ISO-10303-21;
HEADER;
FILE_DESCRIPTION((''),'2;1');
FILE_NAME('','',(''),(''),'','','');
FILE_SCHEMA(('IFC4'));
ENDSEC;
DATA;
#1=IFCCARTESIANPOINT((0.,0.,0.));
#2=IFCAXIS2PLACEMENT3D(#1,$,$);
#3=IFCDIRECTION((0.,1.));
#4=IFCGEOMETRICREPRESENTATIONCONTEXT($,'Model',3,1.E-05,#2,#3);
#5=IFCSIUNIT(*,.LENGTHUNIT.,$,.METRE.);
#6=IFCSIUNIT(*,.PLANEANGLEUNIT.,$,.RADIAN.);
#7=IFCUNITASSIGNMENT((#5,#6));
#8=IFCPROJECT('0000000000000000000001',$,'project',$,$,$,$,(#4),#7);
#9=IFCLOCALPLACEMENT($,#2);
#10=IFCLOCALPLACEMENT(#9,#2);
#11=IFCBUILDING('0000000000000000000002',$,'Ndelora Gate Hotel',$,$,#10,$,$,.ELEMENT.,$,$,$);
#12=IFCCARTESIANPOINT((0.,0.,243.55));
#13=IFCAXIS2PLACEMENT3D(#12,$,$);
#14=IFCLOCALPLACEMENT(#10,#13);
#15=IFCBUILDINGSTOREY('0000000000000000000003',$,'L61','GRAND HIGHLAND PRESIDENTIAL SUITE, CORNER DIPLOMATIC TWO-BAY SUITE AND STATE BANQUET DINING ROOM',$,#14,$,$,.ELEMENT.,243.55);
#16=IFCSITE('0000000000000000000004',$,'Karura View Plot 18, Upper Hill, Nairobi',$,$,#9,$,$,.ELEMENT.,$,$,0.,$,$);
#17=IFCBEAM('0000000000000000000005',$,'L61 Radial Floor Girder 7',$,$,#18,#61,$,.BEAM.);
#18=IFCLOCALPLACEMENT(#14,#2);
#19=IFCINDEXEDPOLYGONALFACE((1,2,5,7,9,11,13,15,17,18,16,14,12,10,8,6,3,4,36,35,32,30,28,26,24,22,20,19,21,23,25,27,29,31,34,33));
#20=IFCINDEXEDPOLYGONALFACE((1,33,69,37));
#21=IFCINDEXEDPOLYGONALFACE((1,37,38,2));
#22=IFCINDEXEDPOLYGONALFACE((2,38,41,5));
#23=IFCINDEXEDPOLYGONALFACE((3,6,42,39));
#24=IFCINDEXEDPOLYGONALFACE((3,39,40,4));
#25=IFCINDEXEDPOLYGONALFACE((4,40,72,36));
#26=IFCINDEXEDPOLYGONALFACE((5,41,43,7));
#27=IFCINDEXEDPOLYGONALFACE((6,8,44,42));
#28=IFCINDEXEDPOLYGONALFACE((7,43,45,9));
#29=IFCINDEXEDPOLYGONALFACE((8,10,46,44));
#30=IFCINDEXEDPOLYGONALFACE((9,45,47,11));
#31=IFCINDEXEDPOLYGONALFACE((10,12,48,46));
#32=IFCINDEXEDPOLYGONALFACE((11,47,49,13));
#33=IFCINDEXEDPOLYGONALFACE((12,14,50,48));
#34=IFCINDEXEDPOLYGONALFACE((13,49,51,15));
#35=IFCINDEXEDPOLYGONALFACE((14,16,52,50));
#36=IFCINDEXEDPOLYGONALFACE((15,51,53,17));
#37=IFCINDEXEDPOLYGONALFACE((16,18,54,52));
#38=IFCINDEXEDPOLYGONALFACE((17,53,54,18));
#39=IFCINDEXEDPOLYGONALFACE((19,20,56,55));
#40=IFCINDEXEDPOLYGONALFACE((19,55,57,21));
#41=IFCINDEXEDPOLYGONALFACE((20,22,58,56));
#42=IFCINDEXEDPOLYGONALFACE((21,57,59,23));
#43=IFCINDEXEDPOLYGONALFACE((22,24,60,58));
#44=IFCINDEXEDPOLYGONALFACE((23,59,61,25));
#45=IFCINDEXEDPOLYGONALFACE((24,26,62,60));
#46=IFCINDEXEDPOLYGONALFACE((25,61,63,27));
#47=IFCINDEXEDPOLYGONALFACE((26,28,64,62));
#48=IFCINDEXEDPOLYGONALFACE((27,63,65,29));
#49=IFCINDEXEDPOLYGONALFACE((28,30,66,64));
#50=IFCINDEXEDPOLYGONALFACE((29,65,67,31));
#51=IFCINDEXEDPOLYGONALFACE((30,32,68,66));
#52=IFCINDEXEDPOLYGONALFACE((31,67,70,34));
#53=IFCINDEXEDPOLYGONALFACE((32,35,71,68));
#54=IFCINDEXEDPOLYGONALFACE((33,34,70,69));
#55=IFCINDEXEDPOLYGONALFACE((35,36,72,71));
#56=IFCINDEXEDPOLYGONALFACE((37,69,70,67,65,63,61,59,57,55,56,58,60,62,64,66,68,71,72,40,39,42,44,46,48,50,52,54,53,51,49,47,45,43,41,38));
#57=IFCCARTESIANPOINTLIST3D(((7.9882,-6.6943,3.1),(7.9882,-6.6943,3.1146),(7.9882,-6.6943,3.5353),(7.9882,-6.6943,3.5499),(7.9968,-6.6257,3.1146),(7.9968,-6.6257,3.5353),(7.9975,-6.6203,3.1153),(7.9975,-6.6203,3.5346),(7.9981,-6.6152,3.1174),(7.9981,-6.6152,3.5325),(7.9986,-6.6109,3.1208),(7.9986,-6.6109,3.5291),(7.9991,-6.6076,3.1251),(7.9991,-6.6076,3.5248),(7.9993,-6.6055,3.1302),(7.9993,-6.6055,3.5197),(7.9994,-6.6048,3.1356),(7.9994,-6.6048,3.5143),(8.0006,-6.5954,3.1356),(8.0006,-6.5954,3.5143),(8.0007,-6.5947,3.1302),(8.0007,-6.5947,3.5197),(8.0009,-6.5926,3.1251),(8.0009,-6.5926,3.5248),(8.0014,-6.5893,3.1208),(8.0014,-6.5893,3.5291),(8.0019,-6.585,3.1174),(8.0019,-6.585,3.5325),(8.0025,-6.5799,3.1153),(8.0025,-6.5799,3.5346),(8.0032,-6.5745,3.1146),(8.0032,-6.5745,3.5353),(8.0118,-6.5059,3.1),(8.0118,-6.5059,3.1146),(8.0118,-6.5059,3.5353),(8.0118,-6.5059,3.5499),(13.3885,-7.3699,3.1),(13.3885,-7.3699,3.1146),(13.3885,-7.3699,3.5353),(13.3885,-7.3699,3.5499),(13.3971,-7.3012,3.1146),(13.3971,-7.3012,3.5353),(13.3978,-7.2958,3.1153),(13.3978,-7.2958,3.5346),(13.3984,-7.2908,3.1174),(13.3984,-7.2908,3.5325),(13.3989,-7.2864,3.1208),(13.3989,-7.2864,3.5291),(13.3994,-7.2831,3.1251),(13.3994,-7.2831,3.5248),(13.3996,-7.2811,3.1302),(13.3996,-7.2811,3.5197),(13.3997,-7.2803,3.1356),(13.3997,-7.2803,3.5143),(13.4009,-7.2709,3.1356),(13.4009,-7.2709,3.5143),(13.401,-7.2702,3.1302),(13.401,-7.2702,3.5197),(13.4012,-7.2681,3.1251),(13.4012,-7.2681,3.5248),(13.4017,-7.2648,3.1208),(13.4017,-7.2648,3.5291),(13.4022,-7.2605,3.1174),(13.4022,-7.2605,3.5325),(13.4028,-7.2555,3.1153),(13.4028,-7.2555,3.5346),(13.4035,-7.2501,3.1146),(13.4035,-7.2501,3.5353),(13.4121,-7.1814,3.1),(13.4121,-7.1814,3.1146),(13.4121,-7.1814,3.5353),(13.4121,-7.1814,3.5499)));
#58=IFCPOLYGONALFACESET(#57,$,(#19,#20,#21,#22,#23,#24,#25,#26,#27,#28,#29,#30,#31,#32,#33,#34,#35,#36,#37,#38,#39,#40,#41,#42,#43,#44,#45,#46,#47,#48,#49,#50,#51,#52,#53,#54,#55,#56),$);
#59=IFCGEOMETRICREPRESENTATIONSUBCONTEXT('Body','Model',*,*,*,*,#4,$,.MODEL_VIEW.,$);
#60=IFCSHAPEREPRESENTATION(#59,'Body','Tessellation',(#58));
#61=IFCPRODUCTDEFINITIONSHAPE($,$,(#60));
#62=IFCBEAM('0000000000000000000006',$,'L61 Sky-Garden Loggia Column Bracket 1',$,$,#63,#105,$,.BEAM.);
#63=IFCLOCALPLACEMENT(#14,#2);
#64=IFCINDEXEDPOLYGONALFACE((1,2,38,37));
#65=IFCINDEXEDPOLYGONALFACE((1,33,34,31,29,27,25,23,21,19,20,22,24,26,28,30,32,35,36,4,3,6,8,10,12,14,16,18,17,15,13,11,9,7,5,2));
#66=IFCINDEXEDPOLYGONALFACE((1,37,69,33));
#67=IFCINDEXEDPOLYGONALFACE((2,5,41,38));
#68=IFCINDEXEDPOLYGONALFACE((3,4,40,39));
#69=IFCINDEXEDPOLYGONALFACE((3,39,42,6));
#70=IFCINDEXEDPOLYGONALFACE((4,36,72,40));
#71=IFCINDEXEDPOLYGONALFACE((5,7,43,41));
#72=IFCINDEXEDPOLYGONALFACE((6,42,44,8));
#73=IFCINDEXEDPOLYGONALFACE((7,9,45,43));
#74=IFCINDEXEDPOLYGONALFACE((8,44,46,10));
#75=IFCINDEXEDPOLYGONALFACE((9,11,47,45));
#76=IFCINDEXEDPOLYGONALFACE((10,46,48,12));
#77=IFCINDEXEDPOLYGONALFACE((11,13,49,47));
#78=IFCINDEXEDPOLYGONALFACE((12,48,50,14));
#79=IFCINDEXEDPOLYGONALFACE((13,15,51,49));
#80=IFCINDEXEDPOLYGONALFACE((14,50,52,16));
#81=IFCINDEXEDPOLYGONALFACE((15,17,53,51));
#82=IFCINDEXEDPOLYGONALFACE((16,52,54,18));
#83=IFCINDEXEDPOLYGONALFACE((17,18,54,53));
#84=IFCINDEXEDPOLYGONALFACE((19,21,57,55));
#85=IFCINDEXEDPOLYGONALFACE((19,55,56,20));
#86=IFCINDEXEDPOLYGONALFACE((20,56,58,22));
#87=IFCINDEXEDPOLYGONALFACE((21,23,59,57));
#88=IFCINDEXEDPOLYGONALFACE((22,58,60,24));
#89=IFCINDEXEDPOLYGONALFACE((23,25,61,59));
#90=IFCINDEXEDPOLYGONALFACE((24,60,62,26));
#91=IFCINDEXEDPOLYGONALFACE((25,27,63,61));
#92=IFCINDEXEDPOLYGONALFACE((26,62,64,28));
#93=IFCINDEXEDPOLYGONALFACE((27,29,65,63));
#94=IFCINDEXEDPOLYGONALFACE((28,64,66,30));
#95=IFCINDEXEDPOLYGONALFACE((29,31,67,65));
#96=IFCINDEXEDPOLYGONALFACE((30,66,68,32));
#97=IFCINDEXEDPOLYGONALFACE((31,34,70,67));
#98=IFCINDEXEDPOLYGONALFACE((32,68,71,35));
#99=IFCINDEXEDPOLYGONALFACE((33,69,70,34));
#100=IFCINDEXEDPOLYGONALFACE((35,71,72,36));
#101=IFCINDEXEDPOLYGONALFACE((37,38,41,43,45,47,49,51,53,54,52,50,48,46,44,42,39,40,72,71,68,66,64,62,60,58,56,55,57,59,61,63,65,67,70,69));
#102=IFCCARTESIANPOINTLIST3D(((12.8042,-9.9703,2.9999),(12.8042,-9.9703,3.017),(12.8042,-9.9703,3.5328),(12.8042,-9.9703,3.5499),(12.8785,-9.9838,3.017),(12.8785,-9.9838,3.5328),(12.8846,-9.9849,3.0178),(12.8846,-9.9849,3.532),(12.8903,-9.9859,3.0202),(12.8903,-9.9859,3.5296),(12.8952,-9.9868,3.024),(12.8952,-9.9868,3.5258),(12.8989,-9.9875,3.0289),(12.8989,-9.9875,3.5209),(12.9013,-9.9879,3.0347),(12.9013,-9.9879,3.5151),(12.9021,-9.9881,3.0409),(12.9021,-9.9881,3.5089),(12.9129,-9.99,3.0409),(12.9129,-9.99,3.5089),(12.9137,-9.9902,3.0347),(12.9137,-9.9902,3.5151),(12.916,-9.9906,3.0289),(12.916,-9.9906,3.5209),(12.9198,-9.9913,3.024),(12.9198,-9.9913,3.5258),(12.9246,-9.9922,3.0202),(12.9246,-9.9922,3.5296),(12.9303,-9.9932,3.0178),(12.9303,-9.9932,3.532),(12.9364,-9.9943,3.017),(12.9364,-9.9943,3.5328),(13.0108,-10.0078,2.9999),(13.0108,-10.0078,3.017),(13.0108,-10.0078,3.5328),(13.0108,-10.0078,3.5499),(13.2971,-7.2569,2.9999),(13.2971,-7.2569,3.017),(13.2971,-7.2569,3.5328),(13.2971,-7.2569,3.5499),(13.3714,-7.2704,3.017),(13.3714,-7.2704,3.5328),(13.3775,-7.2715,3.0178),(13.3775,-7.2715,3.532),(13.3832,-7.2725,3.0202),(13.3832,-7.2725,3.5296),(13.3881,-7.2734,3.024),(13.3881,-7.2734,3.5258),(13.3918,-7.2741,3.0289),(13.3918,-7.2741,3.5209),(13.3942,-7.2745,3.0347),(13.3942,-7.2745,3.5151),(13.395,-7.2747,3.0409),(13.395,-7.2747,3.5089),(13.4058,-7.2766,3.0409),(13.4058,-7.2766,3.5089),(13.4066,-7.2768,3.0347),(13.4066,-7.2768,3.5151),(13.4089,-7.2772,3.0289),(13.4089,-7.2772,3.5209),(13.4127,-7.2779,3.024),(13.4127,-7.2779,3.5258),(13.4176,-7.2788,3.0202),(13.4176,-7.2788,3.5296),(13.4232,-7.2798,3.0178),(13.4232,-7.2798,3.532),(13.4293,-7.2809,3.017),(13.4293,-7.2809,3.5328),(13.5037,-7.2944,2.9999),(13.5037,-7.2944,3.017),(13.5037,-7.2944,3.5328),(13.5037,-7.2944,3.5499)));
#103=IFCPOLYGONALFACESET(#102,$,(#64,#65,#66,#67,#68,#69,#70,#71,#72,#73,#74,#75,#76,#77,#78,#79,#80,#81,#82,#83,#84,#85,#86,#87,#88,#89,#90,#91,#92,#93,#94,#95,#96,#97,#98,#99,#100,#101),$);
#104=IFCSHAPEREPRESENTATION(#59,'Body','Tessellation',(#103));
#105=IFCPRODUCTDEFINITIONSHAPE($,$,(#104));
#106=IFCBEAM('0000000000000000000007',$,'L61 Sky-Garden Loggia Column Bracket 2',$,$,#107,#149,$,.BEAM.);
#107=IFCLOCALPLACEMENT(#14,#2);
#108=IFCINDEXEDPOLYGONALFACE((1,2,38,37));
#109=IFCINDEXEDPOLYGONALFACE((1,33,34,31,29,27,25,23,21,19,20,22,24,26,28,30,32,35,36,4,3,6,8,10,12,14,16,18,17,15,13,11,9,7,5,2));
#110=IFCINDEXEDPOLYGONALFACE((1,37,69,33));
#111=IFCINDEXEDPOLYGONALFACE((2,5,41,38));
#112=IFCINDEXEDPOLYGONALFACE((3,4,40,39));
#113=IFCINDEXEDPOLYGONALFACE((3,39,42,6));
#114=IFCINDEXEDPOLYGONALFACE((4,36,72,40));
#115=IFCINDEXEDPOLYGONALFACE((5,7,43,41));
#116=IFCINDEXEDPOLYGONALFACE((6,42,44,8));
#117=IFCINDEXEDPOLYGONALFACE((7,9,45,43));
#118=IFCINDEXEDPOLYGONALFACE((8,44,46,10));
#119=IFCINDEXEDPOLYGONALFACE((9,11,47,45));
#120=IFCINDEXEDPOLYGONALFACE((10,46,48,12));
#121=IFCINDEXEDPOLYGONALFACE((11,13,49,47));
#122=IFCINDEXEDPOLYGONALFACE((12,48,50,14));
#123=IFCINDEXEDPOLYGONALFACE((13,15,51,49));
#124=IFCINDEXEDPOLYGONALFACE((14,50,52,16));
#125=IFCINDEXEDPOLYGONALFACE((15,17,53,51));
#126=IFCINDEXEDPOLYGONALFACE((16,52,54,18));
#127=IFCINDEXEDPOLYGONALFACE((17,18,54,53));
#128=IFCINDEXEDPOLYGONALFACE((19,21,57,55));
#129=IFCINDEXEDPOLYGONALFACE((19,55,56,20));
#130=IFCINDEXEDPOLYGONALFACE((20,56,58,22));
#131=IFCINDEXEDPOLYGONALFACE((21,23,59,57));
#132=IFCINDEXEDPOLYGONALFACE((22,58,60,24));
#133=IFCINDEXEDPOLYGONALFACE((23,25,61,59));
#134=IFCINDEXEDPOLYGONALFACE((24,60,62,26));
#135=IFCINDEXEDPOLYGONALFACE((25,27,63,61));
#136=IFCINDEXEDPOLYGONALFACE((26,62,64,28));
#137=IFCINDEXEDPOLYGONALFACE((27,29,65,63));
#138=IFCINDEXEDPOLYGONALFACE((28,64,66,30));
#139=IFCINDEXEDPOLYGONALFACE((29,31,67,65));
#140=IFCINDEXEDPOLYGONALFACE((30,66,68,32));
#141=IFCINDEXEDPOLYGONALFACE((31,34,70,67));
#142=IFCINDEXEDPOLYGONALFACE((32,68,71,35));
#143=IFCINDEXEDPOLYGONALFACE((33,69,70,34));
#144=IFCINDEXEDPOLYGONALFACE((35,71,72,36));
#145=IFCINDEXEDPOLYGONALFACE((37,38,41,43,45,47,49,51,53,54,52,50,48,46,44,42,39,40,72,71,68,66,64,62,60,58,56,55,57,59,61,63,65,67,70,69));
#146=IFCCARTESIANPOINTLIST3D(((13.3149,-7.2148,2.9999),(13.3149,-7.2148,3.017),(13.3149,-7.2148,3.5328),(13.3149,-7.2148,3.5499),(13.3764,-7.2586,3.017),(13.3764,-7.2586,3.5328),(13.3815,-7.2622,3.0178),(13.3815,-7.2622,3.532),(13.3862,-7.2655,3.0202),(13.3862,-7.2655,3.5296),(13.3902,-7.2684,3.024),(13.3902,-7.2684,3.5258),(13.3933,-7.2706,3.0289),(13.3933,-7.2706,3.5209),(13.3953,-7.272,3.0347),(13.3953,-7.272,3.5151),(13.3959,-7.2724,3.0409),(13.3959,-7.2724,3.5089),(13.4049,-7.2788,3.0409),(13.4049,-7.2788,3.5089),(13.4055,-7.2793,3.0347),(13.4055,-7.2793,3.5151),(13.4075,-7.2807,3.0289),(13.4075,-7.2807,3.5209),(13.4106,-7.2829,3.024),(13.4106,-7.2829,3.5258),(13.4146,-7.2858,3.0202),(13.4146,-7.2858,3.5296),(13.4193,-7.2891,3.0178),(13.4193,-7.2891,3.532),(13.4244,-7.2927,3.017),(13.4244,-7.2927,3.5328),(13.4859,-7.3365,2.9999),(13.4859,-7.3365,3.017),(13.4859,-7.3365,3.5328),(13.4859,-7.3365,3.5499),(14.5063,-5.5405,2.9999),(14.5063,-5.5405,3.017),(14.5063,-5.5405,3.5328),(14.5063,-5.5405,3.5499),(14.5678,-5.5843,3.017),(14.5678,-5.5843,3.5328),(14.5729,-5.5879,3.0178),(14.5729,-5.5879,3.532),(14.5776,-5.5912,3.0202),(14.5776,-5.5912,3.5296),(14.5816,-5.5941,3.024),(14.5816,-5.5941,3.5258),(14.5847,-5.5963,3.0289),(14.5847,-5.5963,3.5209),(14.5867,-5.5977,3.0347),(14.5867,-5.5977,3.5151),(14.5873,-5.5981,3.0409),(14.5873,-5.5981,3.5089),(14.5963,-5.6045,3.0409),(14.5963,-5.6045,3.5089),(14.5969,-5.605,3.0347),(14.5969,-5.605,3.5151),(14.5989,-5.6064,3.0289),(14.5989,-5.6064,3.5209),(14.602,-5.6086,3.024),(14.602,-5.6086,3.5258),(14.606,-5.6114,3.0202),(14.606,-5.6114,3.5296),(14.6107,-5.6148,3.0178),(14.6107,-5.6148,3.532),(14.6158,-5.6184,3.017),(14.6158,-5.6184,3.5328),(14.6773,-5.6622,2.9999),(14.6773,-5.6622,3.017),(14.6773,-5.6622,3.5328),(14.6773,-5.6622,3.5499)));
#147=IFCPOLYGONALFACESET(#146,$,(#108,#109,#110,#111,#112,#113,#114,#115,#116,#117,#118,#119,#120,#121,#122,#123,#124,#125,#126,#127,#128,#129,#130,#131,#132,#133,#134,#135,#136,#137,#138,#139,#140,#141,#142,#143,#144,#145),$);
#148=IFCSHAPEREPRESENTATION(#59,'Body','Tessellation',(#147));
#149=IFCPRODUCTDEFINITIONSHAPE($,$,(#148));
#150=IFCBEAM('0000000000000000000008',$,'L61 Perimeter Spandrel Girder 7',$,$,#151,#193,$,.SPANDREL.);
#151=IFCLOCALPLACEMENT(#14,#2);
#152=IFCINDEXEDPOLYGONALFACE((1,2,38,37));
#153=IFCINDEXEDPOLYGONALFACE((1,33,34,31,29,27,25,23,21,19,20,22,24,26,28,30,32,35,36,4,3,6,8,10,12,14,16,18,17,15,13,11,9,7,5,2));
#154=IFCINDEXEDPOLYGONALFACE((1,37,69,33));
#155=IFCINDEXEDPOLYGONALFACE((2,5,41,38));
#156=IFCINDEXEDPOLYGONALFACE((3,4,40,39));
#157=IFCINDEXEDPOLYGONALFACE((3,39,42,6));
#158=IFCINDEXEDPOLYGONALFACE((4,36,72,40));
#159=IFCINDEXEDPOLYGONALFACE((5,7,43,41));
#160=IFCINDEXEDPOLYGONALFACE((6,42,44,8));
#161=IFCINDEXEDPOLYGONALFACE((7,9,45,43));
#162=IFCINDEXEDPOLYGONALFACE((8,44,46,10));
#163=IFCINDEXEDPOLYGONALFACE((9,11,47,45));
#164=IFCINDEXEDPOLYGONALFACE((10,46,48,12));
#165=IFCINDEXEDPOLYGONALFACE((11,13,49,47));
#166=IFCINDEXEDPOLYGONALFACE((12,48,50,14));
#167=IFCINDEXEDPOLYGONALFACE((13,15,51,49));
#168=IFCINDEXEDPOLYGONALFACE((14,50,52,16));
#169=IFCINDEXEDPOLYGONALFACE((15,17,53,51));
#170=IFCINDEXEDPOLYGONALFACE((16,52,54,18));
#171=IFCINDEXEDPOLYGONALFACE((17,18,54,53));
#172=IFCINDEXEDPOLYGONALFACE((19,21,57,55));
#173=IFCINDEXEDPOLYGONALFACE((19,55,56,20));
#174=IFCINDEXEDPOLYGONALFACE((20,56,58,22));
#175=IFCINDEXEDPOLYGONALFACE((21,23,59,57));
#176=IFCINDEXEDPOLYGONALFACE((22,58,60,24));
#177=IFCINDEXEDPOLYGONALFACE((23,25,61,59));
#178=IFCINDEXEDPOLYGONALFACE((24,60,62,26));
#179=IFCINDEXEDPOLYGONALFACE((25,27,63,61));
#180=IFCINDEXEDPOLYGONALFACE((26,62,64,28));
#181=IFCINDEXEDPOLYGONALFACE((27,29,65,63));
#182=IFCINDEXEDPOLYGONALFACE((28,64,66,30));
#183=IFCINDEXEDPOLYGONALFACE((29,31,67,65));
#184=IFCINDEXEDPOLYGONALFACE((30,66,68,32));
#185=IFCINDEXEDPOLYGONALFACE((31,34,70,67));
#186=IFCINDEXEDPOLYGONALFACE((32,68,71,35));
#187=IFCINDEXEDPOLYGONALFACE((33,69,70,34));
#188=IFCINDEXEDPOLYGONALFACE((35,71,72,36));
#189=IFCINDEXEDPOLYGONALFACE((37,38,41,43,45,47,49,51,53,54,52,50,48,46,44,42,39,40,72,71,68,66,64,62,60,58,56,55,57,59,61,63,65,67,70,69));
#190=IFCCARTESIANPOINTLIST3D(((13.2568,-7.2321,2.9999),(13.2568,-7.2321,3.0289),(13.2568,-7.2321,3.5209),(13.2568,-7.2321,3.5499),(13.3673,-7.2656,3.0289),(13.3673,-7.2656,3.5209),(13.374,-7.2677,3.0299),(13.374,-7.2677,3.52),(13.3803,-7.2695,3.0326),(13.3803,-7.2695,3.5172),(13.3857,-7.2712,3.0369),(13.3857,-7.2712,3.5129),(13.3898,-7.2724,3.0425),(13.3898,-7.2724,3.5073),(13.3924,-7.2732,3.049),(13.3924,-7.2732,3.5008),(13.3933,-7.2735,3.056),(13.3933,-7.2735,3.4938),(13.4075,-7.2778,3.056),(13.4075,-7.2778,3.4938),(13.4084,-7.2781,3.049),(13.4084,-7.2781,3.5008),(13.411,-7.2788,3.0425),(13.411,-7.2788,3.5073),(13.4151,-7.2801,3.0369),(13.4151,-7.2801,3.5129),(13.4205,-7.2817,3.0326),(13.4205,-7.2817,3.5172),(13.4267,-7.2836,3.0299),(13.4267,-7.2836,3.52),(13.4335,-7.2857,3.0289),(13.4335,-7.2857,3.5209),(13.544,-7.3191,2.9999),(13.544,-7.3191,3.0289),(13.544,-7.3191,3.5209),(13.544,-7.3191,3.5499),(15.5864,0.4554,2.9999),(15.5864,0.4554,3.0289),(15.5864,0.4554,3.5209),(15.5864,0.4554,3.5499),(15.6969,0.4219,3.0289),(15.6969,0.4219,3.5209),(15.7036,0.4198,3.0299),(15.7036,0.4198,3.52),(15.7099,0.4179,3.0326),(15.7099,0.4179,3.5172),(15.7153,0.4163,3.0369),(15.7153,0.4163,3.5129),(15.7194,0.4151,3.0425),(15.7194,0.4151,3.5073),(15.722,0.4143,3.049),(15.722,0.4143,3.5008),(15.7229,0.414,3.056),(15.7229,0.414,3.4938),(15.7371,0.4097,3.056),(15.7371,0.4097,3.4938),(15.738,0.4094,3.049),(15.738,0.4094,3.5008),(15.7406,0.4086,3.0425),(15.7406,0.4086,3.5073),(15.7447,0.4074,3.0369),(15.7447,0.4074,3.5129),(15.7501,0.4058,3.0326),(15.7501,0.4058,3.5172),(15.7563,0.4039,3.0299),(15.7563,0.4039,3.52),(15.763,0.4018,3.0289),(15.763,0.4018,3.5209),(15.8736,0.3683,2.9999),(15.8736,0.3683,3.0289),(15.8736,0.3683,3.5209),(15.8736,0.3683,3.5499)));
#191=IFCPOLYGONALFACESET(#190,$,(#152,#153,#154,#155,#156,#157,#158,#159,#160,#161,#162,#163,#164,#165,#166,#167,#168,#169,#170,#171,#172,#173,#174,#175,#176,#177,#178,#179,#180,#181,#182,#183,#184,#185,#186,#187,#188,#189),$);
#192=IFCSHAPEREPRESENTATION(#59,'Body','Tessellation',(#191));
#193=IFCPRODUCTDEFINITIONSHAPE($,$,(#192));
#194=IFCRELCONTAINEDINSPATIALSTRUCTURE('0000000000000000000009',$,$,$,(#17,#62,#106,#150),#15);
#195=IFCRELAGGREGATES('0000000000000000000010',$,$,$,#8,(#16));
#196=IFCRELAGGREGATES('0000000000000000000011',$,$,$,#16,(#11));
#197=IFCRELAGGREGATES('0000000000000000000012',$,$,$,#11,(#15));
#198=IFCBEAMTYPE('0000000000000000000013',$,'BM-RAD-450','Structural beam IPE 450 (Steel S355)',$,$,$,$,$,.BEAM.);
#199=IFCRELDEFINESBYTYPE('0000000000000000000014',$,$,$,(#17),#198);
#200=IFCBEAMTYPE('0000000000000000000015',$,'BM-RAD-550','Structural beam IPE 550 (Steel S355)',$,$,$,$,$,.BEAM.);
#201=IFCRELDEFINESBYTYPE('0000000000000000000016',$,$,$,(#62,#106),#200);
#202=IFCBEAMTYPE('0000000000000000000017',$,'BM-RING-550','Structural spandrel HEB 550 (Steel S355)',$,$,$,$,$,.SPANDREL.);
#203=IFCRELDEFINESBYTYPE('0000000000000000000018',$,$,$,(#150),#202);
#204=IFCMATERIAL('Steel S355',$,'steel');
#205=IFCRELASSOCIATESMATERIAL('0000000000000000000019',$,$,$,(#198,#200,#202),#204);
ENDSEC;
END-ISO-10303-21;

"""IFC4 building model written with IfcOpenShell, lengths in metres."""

from ifc_helpers import new_model, si_unit, direction, frame, origin, origin_2d, place, context, subcontext, project, spatial, i_section, extrude, material, material_profile, profile_set, type_object, element, save


model = new_model("IFC4")

# Units and contexts
model_context = context("Model", 3, precision=1e-05, world=origin(), true_north=direction((0.0, 1.0)))
body_context = subcontext(model_context, "Body", "Model", "MODEL_VIEW")
ifc_project = project(units=[si_unit("LENGTHUNIT", "METRE"), si_unit("PLANEANGLEUNIT", "RADIAN")], contexts=[model_context])

# Site, building, storey
site_placement = place(None, origin())
site = spatial("IfcSite", under=ifc_project, at=site_placement, Name="Karura View Plot 18, Upper Hill, Nairobi", CompositionType="ELEMENT", RefElevation=0.0)
building_placement = place(site_placement, origin())
building = spatial("IfcBuilding", under=site, at=building_placement, Name="Ndelora Gate Hotel", CompositionType="ELEMENT")
storey_placement = place(building_placement, frame((0.0, 0.0, 243.55)))
storey = spatial("IfcBuildingStorey", under=building, at=storey_placement, Name="L61", Description="GRAND HIGHLAND PRESIDENTIAL SUITE, CORNER DIPLOMATIC TWO-BAY SUITE AND STATE BANQUET DINING ROOM", CompositionType="ELEMENT", Elevation=243.55)

# Beams
ifc_material_1 = material(Name="Steel S355", Category="steel")
ifc_material_profile_1 = material_profile(ifc_material_1, i_section(OverallWidth=0.1899, OverallDepth=0.45, WebThickness=0.0095, FlangeThickness=0.0146, FilletRadius=0.021, at=origin_2d()), Name="IPE 450")
ifc_profile_set_1 = profile_set([ifc_material_profile_1], Name="Steel S355")
beam_type_1 = type_object("IfcBeamType", Name="BM-RAD-450", Description="Structural beam IPE 450 (Steel S355)", PredefinedType="BEAM", material=ifc_profile_set_1)
beam_1_placement = place(storey_placement, frame((8.0, -6.6001, 3.325), z_axis=(0.992267, -0.124123, 0.0), x_axis=(0.124123, 0.992267, 0.0)))
element("IfcBeam", 1, at=beam_1_placement, inside=storey, type_object=beam_type_1, Name="L61 Radial Floor Girder 7", PredefinedType="BEAM", context=body_context, shape_type="SweptSolid", body=[
    extrude(i_section(OverallWidth=0.1899, OverallDepth=0.45, WebThickness=0.0095, FlangeThickness=0.0146, FilletRadius=0.021, at=origin_2d()), origin(), (0.0, 0.0, 1.0), 5.4424),
])
ifc_material_profile_2 = material_profile(ifc_material_1, i_section(OverallWidth=0.21, OverallDepth=0.55, WebThickness=0.011, FlangeThickness=0.0171, FilletRadius=0.0239, at=origin_2d()), Name="IPE 550")
ifc_profile_set_2 = profile_set([ifc_material_profile_2], Name="Steel S355")
beam_type_2 = type_object("IfcBeamType", Name="BM-RAD-550", Description="Structural beam IPE 550 (Steel S355)", PredefinedType="BEAM", material=ifc_profile_set_2)
beam_2_placement = place(storey_placement, frame((13.4004, -7.2756, 3.2749), z_axis=(-0.178737, -0.983897, 0.0), x_axis=(0.983897, -0.178737, 0.0)))
element("IfcBeam", 2, at=beam_2_placement, inside=storey, type_object=beam_type_2, Name="L61 Sky-Garden Loggia Column Bracket 1", PredefinedType="BEAM", context=body_context, shape_type="SweptSolid", body=[
    extrude(i_section(OverallWidth=0.21, OverallDepth=0.55, WebThickness=0.011, FlangeThickness=0.0171, FilletRadius=0.0239, at=origin_2d()), origin(), (0.0, 0.0, 1.0), 2.7578),
])
beam_3_placement = place(storey_placement, frame((13.4004, -7.2756, 3.2749), z_axis=(0.579776, 0.814776, 0.0), x_axis=(-0.814776, 0.579776, 0.0)))
element("IfcBeam", 3, at=beam_3_placement, inside=storey, type_object=beam_type_2, Name="L61 Sky-Garden Loggia Column Bracket 2", PredefinedType="BEAM", context=body_context, shape_type="SweptSolid", body=[
    extrude(i_section(OverallWidth=0.21, OverallDepth=0.55, WebThickness=0.011, FlangeThickness=0.0171, FilletRadius=0.0239, at=origin_2d()), origin(), (0.0, 0.0, 1.0), 2.0549),
])
ifc_material_profile_3 = material_profile(ifc_material_1, i_section(OverallWidth=0.3, OverallDepth=0.55, WebThickness=0.0149, FlangeThickness=0.0291, FilletRadius=0.0271, at=origin_2d()), Name="HEB 550")
ifc_profile_set_3 = profile_set([ifc_material_profile_3], Name="Steel S355")
beam_type_3 = type_object("IfcBeamType", Name="BM-RING-550", Description="Structural spandrel HEB 550 (Steel S355)", PredefinedType="SPANDREL", material=ifc_profile_set_3)
beam_4_placement = place(storey_placement, frame((13.4004, -7.2756, 3.2749), z_axis=(0.290012, 0.957023, 0.0), x_axis=(-0.957023, 0.290012, 0.0)))
element("IfcBeam", 4, at=beam_4_placement, inside=storey, type_object=beam_type_3, Name="L61 Perimeter Spandrel Girder 7", PredefinedType="SPANDREL", context=body_context, shape_type="SweptSolid", body=[
    extrude(i_section(OverallWidth=0.3, OverallDepth=0.55, WebThickness=0.0149, FlangeThickness=0.0291, FilletRadius=0.0271, at=origin_2d()), origin(), (0.0, 0.0, 1.0), 8.0327),
])

save(model, "model.ifc")
